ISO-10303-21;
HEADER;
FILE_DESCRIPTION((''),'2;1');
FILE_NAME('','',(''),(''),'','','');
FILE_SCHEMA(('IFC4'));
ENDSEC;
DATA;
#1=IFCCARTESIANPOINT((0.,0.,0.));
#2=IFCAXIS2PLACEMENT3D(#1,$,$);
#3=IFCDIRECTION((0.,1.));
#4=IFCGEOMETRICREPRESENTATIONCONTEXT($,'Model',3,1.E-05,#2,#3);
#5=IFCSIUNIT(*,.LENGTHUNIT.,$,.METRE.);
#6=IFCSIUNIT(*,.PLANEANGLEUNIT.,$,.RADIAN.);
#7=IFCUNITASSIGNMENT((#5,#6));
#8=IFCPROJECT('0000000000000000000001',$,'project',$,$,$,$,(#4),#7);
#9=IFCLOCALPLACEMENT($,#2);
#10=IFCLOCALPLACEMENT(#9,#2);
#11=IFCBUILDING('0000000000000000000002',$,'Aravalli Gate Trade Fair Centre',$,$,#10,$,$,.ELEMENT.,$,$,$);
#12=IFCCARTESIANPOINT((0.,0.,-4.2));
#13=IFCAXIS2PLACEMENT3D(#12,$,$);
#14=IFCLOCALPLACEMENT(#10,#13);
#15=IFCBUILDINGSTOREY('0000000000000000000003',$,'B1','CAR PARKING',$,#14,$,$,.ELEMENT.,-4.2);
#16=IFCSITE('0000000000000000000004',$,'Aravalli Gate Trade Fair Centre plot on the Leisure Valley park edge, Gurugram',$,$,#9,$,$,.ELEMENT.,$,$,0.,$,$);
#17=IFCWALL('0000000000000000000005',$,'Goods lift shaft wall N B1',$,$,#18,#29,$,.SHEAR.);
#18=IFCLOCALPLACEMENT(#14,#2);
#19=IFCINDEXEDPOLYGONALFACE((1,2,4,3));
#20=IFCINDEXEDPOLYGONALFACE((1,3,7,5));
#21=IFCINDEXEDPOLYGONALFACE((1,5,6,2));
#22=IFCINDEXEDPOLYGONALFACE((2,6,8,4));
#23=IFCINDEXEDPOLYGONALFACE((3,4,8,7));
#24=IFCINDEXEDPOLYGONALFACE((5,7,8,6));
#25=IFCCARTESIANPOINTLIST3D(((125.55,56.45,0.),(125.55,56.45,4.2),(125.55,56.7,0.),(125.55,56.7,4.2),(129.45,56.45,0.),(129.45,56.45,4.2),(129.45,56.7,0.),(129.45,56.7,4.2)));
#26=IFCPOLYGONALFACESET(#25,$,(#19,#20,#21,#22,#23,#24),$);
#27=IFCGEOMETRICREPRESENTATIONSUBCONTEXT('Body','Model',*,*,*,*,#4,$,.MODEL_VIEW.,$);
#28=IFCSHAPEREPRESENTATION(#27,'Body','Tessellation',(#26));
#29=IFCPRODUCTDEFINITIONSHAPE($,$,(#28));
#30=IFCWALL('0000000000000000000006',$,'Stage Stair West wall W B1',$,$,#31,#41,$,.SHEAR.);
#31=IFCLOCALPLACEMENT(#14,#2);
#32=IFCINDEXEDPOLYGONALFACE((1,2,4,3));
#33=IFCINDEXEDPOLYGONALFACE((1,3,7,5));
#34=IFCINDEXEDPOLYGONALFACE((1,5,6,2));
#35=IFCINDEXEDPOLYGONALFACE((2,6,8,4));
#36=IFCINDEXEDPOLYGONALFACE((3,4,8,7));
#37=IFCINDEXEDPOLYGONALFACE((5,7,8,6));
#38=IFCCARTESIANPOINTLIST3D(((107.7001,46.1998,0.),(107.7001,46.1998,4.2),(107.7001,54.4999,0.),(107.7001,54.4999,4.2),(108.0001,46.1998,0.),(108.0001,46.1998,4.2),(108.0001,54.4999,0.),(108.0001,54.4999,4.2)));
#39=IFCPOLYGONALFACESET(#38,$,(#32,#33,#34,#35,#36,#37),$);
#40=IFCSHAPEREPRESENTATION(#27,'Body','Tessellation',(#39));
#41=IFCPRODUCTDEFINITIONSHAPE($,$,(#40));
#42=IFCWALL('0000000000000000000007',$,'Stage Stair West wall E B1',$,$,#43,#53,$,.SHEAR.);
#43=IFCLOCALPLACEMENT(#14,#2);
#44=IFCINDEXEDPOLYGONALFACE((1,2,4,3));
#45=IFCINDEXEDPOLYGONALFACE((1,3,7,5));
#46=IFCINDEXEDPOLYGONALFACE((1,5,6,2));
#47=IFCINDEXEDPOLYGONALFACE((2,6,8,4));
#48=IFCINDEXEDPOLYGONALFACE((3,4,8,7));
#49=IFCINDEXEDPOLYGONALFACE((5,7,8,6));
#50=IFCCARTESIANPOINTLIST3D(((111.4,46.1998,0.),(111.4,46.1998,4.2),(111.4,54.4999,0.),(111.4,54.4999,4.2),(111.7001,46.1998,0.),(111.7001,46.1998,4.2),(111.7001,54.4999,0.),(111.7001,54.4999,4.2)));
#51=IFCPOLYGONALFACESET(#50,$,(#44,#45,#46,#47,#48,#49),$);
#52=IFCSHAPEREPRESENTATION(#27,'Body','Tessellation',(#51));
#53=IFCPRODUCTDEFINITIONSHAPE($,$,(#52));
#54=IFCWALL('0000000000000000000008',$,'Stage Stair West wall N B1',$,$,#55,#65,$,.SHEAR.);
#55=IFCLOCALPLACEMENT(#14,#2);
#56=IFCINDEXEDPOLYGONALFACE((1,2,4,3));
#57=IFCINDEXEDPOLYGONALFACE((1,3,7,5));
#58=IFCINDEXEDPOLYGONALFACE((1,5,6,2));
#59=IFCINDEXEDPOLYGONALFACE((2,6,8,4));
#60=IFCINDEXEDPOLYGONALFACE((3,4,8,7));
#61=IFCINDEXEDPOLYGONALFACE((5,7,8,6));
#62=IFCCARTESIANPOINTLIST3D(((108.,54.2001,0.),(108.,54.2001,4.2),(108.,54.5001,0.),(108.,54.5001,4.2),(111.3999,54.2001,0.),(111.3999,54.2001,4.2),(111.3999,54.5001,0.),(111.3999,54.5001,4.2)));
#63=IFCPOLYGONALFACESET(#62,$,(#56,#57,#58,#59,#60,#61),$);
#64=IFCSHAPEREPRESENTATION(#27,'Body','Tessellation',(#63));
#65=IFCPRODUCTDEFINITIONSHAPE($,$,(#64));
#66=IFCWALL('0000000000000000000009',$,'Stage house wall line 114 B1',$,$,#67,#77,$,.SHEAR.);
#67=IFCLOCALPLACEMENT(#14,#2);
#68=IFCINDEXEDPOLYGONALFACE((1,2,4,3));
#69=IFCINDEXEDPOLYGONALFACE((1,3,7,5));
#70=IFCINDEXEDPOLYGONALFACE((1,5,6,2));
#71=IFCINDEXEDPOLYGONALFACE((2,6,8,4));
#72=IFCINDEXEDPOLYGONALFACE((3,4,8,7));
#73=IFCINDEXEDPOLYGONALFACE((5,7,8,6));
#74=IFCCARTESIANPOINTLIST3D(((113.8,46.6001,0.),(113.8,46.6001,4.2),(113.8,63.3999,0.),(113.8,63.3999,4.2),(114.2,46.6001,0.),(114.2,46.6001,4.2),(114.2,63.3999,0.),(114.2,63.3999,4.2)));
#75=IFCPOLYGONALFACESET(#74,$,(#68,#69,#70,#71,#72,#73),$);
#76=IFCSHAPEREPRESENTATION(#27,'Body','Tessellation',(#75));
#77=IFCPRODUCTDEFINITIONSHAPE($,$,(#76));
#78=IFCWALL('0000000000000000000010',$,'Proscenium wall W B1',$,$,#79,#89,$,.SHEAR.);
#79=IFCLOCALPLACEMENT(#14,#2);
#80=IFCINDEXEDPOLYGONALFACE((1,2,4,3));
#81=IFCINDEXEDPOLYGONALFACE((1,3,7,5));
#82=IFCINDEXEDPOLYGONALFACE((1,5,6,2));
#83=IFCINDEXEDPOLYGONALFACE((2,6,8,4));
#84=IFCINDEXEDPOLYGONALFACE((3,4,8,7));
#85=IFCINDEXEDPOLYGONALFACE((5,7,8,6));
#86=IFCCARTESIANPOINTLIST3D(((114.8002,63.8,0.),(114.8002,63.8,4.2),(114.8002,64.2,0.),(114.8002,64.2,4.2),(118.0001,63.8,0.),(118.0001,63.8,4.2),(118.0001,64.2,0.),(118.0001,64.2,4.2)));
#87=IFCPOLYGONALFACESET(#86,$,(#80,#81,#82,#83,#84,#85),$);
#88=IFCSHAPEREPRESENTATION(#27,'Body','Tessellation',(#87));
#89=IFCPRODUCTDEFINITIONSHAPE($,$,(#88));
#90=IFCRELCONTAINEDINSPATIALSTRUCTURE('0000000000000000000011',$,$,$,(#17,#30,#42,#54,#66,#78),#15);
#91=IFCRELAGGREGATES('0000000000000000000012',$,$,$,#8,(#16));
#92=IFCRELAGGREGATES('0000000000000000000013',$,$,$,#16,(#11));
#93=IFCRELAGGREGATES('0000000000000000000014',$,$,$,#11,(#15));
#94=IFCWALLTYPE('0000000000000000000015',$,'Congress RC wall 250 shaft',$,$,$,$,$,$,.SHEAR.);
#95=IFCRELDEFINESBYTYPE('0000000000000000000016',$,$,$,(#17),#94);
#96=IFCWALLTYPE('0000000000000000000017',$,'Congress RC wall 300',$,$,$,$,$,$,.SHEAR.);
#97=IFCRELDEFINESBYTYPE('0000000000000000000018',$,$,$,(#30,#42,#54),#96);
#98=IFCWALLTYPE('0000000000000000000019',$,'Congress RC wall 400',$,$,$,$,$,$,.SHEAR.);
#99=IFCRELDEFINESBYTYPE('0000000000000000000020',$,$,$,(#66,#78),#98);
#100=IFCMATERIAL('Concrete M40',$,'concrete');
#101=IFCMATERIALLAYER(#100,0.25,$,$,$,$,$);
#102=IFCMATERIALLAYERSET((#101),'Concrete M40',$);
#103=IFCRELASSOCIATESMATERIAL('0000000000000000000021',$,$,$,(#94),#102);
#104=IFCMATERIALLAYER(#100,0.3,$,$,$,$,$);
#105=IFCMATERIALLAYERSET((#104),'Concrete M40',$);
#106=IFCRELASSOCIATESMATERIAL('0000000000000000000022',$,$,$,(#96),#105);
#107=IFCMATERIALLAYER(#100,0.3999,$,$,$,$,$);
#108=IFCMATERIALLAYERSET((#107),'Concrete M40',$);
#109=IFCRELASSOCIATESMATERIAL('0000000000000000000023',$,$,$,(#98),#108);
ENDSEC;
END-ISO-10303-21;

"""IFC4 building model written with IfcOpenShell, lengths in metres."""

from ifc_helpers import new_model, si_unit, direction, frame, frame_2d, origin, place, context, subcontext, project, spatial, rectangle, extrude, material, layer, layer_set, type_object, element, save


model = new_model("IFC4")

# Units and contexts
model_context = context("Model", 3, precision=1e-05, world=origin(), true_north=direction((0.0, 1.0)))
body_context = subcontext(model_context, "Body", "Model", "MODEL_VIEW")
ifc_project = project(units=[si_unit("LENGTHUNIT", "METRE"), si_unit("PLANEANGLEUNIT", "RADIAN")], contexts=[model_context])

# Site, building, storey
site_placement = place(None, origin())
site = spatial("IfcSite", under=ifc_project, at=site_placement, Name="Aravalli Gate Trade Fair Centre plot on the Leisure Valley park edge, Gurugram", CompositionType="ELEMENT", RefElevation=0.0)
building_placement = place(site_placement, origin())
building = spatial("IfcBuilding", under=site, at=building_placement, Name="Aravalli Gate Trade Fair Centre", CompositionType="ELEMENT")
storey_placement = place(building_placement, frame((0.0, 0.0, -4.2)))
storey = spatial("IfcBuildingStorey", under=building, at=storey_placement, Name="B1", Description="CAR PARKING", CompositionType="ELEMENT", Elevation=-4.2)

# Shared definitions
ifc_material_1 = material(Name="Concrete M40", Category="concrete")

# Walls
ifc_layer_1 = layer(ifc_material_1, 0.25)
ifc_layer_set_1 = layer_set([ifc_layer_1], Name="Concrete M40")
wall_type_1 = type_object("IfcWallType", Name="Congress RC wall 250 shaft", PredefinedType="SHEAR", material=ifc_layer_set_1)
for number, where, z_axis, x_axis, name in (
    (1, (125.55, 56.575, 0.0), (0.0, 0.0, 1.0), (1.0, 0.0, 0.0), "Goods lift shaft wall N B1"),
):
    element("IfcWall", number, at=place(storey_placement, frame(where, z_axis=z_axis, x_axis=x_axis)), inside=storey, type_object=wall_type_1, Name=name, PredefinedType="SHEAR", context=body_context, shape_type="SweptSolid", body=[
        extrude(rectangle(XDim=3.8999, YDim=0.25, at=frame_2d((1.95, 0.0))), origin(), (0.0, 0.0, 1.0), 4.2),
    ])
ifc_layer_2 = layer(ifc_material_1, 0.3)
ifc_layer_set_2 = layer_set([ifc_layer_2], Name="Concrete M40")
wall_type_2 = type_object("IfcWallType", Name="Congress RC wall 300", PredefinedType="SHEAR", material=ifc_layer_set_2)
for number, where, z_axis, x_axis, name in (
    (2, (107.8501, 46.2, 0.0), (0.0, 0.0, 1.0), (0.0, 1.0, 0.0), "Stage Stair West wall W B1"),
    (3, (111.55, 46.2, 0.0), (0.0, 0.0, 1.0), (0.0, 1.0, 0.0), "Stage Stair West wall E B1"),
):
    element("IfcWall", number, at=place(storey_placement, frame(where, z_axis=z_axis, x_axis=x_axis)), inside=storey, type_object=wall_type_2, Name=name, PredefinedType="SHEAR", context=body_context, shape_type="SweptSolid", body=[
        extrude(rectangle(XDim=8.3, YDim=0.3, at=frame_2d((4.1499, 0.0))), origin(), (0.0, 0.0, 1.0), 4.2),
    ])
wall_1_placement = place(storey_placement, frame((108.0, 54.3501, 0.0), z_axis=(0.0, 0.0, 1.0), x_axis=(1.0, 0.0, 0.0)))
element("IfcWall", 4, at=wall_1_placement, inside=storey, type_object=wall_type_2, Name="Stage Stair West wall N B1", PredefinedType="SHEAR", context=body_context, shape_type="SweptSolid", body=[
    extrude(rectangle(XDim=3.3999, YDim=0.3, at=frame_2d((1.7, 0.0))), origin(), (0.0, 0.0, 1.0), 4.2),
])
ifc_layer_3 = layer(ifc_material_1, 0.3999)
ifc_layer_set_3 = layer_set([ifc_layer_3], Name="Concrete M40")
wall_type_3 = type_object("IfcWallType", Name="Congress RC wall 400", PredefinedType="SHEAR", material=ifc_layer_set_3)
wall_2_placement = place(storey_placement, frame((114.0, 46.6001, 0.0), z_axis=(0.0, 0.0, 1.0), x_axis=(0.0, 1.0, 0.0)))
element("IfcWall", 5, at=wall_2_placement, inside=storey, type_object=wall_type_3, Name="Stage house wall line 114 B1", PredefinedType="SHEAR", context=body_context, shape_type="SweptSolid", body=[
    extrude(rectangle(XDim=16.7998, YDim=0.3999, at=frame_2d((8.3999, 0.0))), origin(), (0.0, 0.0, 1.0), 4.2),
])
wall_3_placement = place(storey_placement, frame((114.8, 64.0, 0.0), z_axis=(0.0, 0.0, 1.0), x_axis=(1.0, 0.0, 0.0)))
element("IfcWall", 6, at=wall_3_placement, inside=storey, type_object=wall_type_3, Name="Proscenium wall W B1", PredefinedType="SHEAR", context=body_context, shape_type="SweptSolid", body=[
    extrude(rectangle(XDim=3.2, YDim=0.3999, at=frame_2d((1.6001, 0.0))), origin(), (0.0, 0.0, 1.0), 4.2),
])

save(model, "model.ifc")
